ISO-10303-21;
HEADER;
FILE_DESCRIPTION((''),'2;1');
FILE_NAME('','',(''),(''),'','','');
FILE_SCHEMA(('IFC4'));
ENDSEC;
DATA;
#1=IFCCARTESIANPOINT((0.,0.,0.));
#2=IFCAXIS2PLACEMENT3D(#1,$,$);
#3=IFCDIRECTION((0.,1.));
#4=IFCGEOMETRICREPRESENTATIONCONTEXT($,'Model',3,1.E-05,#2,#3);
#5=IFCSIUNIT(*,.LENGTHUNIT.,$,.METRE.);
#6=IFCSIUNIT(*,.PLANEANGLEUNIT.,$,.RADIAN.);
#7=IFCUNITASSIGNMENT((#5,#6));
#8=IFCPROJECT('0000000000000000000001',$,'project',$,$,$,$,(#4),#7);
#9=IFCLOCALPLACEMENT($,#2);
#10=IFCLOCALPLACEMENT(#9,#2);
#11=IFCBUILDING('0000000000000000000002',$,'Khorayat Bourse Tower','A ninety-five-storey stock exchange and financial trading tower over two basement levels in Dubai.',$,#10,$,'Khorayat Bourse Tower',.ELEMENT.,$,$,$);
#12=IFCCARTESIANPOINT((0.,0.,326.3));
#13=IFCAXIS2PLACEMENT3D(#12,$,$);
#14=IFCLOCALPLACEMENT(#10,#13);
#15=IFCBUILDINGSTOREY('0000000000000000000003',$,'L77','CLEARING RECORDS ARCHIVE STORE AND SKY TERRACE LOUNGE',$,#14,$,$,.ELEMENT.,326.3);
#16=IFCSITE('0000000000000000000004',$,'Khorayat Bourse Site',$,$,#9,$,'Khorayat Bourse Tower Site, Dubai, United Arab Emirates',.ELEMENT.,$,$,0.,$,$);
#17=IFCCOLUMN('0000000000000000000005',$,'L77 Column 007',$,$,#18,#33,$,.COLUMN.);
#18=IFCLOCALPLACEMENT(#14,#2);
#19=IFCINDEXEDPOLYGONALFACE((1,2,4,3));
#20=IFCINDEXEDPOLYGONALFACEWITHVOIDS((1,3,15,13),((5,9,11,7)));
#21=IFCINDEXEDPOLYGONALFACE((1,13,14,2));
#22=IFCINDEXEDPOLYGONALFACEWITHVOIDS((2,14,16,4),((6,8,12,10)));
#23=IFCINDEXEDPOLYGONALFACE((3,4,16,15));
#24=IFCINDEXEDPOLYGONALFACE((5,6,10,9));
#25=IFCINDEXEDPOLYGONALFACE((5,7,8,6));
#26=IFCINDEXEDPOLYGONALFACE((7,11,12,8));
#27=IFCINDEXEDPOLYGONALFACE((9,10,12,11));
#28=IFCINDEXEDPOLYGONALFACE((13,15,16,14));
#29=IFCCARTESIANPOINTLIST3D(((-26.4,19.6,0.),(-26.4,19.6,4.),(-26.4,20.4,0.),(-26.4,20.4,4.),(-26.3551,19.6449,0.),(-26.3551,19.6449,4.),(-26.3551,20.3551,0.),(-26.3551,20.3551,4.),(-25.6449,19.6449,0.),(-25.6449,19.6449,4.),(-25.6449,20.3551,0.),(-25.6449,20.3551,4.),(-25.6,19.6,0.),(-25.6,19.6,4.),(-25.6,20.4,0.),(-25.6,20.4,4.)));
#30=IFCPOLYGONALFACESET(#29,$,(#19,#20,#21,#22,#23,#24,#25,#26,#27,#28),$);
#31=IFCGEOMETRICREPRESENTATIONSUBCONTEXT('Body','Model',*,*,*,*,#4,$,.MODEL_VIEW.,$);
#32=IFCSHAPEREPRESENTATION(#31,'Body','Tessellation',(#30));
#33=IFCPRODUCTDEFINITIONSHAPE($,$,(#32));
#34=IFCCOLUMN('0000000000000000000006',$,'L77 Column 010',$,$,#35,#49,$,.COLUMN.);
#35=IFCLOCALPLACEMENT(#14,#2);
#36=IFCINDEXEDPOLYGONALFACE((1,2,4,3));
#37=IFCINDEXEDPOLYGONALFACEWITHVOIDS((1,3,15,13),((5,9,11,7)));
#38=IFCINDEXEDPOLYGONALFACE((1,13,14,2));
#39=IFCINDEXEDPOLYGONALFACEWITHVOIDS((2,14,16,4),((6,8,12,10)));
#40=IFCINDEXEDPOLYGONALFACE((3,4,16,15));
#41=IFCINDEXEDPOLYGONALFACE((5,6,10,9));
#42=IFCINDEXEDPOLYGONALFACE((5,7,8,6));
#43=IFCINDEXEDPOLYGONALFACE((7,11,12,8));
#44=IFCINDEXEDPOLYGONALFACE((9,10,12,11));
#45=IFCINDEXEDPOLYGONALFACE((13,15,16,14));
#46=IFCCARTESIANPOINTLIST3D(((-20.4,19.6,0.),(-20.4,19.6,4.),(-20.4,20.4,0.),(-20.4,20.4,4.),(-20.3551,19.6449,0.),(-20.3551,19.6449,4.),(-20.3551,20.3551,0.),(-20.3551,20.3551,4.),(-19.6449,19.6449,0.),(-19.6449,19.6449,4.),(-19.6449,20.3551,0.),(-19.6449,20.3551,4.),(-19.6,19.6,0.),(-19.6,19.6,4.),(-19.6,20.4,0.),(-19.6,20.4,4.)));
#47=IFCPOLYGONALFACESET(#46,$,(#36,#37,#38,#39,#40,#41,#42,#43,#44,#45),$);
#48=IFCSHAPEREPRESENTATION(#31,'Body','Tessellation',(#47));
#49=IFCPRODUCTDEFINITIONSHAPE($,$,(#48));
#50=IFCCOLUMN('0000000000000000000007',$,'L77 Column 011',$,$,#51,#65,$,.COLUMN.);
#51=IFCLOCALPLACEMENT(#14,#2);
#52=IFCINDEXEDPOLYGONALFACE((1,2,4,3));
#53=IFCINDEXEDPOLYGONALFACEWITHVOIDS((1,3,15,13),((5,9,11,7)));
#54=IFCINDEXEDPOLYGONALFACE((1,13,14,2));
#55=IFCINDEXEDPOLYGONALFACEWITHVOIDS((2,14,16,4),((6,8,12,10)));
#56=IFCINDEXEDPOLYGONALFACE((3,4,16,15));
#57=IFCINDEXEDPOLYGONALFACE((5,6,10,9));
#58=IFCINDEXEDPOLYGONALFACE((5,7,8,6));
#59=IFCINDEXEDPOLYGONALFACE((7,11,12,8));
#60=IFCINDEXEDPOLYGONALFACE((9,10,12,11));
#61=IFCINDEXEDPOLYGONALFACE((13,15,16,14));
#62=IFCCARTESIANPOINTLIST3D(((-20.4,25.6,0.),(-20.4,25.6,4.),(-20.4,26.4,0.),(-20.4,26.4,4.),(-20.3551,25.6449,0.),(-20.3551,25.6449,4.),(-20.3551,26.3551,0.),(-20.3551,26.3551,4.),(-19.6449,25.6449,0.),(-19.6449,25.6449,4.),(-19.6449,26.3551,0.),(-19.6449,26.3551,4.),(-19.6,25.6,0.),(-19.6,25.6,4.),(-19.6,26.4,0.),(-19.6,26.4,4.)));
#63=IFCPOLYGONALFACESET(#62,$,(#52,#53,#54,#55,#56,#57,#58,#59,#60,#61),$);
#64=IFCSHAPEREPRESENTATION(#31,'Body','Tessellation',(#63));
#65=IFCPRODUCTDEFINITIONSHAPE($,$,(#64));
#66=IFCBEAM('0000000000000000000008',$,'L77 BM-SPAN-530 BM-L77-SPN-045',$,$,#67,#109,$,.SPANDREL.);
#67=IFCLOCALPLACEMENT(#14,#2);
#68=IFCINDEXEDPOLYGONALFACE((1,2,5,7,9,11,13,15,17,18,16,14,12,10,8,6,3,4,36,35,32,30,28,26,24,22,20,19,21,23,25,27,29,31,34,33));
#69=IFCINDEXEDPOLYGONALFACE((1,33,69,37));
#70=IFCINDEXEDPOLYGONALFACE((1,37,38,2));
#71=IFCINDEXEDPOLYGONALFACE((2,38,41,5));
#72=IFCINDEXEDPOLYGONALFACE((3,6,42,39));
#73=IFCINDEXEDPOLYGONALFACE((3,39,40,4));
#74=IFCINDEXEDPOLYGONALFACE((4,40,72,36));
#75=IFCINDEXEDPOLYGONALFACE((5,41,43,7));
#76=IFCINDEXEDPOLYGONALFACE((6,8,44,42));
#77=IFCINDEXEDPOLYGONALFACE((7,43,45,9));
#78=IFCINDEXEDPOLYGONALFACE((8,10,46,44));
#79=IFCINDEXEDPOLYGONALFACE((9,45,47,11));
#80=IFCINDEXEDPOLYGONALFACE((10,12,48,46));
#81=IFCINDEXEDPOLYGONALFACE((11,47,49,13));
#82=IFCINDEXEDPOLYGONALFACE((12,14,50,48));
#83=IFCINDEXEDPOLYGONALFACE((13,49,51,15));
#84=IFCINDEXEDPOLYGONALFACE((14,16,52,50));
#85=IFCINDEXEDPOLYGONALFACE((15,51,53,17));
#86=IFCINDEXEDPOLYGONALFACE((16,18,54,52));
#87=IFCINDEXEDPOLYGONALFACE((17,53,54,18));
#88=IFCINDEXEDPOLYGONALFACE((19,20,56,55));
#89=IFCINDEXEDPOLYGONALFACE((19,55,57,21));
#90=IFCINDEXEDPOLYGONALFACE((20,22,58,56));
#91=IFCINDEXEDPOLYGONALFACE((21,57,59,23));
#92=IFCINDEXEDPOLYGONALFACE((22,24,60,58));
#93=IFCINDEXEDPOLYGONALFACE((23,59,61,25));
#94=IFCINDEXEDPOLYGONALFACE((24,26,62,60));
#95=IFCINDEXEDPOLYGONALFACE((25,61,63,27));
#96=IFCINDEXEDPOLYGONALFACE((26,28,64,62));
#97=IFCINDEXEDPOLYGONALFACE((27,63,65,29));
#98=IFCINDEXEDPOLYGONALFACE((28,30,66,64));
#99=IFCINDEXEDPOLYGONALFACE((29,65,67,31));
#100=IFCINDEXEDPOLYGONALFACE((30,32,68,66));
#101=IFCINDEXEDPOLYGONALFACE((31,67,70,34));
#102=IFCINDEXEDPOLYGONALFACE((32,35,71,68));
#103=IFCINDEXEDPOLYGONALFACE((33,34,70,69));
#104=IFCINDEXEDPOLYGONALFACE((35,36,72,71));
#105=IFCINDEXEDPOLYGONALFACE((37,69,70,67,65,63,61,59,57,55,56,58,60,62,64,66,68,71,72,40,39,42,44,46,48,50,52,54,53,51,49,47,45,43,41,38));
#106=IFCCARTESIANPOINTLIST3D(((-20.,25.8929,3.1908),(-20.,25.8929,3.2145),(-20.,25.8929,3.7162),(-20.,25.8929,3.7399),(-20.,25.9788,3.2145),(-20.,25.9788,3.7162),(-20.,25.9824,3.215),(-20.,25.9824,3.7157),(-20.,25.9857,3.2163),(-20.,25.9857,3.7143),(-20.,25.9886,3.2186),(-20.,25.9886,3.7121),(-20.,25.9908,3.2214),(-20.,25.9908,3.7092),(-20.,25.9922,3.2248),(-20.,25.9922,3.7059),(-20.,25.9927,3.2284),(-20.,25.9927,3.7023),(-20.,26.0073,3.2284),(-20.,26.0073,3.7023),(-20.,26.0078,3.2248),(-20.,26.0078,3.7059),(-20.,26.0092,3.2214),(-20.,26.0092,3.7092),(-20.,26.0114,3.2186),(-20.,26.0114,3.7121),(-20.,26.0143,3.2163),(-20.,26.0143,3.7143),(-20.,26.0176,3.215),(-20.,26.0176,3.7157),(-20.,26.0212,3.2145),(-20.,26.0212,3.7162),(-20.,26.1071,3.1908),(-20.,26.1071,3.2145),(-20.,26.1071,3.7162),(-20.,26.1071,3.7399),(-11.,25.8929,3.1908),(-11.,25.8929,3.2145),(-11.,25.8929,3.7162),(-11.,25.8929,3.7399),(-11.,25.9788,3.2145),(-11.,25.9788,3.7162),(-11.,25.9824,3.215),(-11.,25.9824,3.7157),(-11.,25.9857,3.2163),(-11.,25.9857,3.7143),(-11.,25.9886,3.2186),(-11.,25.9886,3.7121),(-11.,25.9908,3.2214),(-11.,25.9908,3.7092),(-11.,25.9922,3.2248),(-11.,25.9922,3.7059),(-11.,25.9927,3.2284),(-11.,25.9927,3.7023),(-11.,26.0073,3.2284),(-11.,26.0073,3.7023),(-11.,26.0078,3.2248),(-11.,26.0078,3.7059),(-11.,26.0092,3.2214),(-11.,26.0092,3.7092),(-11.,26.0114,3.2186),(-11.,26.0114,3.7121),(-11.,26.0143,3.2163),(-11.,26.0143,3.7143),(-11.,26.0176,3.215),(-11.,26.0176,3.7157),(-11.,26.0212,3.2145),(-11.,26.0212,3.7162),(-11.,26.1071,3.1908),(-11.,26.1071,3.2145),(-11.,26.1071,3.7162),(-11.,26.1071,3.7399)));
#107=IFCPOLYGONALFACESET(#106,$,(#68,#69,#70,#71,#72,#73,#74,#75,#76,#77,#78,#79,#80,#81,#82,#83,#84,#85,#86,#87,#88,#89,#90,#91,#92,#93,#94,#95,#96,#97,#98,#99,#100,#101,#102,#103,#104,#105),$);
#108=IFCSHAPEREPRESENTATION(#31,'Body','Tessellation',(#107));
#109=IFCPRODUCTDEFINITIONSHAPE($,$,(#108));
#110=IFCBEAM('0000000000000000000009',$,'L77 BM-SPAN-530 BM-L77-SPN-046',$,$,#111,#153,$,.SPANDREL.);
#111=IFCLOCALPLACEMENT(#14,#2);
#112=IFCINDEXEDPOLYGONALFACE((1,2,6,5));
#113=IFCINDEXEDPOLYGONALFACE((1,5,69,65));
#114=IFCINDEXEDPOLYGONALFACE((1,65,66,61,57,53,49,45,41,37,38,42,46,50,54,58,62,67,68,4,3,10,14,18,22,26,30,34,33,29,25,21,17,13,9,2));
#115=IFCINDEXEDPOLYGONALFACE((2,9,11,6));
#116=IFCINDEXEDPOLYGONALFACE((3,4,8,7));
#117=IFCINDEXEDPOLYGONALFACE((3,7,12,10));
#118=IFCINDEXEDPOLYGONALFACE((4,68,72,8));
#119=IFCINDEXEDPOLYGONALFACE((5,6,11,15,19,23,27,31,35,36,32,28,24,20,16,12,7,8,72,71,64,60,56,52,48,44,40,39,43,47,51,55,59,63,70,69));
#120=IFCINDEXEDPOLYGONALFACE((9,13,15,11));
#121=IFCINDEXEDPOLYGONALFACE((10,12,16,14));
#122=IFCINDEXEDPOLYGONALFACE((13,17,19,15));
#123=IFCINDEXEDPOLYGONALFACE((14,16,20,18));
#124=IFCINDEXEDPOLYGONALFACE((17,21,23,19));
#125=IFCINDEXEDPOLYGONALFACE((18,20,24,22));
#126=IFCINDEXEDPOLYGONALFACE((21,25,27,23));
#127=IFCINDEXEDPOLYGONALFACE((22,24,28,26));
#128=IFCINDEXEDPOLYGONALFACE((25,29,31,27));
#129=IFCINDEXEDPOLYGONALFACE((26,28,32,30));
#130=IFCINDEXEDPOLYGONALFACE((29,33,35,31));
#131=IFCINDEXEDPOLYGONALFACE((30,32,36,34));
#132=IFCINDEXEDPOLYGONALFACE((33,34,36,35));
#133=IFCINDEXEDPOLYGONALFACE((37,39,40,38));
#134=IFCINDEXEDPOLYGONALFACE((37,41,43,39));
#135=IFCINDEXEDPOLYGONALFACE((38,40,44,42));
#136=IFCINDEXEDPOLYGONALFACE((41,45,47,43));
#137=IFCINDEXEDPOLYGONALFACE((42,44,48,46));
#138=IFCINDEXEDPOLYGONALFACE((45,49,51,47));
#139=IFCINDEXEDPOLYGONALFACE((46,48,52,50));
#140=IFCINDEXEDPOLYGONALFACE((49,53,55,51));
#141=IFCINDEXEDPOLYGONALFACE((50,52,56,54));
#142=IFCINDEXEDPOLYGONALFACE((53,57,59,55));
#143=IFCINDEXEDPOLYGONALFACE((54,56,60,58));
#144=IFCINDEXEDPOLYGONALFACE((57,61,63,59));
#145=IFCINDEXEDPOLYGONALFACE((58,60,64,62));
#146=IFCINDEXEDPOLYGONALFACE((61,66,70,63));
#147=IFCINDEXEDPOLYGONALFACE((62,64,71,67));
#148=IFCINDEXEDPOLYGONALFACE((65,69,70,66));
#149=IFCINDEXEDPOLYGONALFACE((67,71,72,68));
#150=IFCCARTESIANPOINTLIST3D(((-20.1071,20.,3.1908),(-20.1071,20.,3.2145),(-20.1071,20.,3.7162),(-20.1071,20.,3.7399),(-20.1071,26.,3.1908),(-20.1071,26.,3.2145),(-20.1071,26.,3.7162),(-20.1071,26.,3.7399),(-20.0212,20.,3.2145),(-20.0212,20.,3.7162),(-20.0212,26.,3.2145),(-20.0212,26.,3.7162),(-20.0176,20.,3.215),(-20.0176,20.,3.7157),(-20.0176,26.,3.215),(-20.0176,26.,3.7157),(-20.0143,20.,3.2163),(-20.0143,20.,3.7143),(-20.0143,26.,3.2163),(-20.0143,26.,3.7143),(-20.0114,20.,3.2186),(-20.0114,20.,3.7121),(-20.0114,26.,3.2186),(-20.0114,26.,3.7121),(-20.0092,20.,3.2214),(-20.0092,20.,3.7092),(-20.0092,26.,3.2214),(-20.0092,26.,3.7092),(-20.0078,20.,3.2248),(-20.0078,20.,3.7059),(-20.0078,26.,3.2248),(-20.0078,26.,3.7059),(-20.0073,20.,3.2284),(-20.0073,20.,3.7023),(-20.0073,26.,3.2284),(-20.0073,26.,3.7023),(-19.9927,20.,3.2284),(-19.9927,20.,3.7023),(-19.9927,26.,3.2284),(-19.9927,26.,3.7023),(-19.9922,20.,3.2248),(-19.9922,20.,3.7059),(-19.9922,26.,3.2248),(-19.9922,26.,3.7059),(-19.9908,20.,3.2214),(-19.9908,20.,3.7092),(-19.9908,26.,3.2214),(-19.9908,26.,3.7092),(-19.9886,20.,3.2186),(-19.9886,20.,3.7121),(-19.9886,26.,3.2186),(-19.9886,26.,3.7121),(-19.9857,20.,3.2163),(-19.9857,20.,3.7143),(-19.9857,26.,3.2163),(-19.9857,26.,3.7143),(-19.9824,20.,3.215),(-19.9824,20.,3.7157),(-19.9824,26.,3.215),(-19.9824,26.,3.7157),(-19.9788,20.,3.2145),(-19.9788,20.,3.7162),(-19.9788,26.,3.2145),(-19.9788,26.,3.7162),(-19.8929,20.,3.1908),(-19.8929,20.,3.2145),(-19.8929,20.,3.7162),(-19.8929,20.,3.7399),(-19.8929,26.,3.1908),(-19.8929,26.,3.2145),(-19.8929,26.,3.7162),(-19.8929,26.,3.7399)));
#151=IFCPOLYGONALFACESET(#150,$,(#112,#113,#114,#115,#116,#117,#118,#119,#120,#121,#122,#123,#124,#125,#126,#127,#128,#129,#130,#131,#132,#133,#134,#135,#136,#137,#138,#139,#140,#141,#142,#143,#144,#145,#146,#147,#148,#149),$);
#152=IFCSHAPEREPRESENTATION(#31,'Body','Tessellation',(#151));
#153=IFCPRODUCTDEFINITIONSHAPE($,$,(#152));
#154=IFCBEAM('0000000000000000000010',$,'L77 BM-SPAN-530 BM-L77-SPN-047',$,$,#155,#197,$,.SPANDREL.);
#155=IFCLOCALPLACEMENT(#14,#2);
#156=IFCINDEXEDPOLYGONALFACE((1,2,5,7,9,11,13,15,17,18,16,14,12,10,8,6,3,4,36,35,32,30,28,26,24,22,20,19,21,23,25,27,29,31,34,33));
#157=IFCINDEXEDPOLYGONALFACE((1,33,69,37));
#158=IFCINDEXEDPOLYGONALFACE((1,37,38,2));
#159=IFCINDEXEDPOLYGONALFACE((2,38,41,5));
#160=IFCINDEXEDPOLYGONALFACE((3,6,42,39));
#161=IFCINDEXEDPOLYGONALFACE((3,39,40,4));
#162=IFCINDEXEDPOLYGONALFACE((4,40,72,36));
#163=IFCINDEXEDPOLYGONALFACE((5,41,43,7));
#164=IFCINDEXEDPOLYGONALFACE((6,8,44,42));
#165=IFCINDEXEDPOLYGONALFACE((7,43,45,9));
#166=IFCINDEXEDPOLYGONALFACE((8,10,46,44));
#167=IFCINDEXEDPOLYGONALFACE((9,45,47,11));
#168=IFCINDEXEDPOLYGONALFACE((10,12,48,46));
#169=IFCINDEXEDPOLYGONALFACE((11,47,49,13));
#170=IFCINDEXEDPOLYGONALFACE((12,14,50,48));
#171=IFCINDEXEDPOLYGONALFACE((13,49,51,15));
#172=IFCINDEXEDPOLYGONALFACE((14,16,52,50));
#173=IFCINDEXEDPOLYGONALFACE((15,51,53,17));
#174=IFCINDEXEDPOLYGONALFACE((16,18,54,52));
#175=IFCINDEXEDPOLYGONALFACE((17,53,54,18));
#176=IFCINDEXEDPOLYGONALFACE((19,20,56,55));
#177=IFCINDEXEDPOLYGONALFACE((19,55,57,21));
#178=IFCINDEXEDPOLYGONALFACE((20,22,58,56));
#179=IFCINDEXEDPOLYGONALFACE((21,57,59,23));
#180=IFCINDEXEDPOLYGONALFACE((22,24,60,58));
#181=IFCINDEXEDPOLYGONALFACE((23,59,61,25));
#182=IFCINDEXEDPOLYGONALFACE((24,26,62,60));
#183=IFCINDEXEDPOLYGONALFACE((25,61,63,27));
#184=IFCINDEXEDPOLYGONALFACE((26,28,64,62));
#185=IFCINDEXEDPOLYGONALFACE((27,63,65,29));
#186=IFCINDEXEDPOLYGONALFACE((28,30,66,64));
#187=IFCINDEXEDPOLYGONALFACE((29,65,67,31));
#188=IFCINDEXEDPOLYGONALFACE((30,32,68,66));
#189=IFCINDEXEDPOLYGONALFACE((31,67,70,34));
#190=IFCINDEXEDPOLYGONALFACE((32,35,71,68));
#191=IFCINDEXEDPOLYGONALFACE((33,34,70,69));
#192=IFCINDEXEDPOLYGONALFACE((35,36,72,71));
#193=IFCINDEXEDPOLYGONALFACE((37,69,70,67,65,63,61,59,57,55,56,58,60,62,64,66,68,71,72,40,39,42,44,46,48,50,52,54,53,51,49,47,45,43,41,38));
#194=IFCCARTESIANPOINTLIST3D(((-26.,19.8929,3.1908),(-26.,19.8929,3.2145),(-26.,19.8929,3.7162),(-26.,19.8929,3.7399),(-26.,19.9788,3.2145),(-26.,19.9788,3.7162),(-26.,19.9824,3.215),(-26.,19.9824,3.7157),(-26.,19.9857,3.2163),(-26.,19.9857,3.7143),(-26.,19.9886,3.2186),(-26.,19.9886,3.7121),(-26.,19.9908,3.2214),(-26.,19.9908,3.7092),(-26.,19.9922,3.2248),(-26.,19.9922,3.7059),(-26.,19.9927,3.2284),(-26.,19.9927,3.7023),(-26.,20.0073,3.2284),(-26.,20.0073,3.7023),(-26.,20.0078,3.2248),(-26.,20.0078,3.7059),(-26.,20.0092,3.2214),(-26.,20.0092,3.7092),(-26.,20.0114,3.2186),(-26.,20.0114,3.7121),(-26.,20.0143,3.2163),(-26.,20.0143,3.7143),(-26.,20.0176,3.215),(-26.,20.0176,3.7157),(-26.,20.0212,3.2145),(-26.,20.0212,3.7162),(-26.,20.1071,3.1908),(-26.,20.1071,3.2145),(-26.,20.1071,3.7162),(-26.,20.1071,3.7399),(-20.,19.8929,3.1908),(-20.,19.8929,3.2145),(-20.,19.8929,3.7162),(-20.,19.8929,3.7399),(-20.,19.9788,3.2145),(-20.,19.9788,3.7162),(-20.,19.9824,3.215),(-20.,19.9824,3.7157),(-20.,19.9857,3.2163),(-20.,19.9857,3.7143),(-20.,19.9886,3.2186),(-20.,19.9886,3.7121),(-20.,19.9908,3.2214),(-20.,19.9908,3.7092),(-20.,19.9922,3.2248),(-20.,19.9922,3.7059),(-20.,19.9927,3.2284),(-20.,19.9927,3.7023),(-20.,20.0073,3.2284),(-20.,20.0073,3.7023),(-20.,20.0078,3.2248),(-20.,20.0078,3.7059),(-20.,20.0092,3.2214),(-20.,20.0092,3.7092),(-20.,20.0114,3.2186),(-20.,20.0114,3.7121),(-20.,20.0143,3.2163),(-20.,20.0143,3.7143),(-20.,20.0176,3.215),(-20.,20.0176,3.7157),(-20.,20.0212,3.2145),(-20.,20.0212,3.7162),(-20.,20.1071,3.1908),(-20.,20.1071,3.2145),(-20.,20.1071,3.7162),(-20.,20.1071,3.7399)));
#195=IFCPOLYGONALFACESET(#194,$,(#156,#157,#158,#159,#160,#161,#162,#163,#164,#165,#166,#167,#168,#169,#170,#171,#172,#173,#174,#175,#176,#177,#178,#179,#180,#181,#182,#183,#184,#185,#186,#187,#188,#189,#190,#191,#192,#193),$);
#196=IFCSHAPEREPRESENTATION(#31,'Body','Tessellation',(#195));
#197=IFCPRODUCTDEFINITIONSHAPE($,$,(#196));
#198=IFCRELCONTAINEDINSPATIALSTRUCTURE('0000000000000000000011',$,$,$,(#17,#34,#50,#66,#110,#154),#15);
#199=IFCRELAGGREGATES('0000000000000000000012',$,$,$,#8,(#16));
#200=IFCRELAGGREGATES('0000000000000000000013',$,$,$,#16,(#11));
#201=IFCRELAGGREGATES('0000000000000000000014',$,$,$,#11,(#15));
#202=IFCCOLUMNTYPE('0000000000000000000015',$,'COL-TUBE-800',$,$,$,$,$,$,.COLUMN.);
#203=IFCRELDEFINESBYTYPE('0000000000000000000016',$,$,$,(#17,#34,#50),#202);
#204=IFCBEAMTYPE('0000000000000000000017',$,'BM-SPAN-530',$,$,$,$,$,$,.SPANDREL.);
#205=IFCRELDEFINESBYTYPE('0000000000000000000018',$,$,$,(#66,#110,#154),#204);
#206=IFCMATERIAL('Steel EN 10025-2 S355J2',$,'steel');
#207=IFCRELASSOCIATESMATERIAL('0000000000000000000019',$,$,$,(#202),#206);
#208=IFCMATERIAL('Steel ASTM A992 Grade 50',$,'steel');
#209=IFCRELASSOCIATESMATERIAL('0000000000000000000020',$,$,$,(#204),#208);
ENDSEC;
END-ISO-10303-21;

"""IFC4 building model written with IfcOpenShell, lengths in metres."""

from ifc_helpers import new_model, si_unit, direction, frame, origin, origin_2d, place, context, subcontext, project, spatial, hollow_rectangle, i_section, extrude, source, transform, mapped, material, material_profile, profile_set, type_object, element, save


model = new_model("IFC4")

# Units and contexts
model_context = context("Model", 3, precision=1e-05, world=origin(), true_north=direction((0.0, 1.0)))
body_context = subcontext(model_context, "Body", "Model", "MODEL_VIEW")
ifc_project = project(units=[si_unit("LENGTHUNIT", "METRE"), si_unit("PLANEANGLEUNIT", "RADIAN")], contexts=[model_context])

# Site, building, storey
site_placement = place(None, origin())
site = spatial("IfcSite", under=ifc_project, at=site_placement, Name="Khorayat Bourse Site", LongName="Khorayat Bourse Tower Site, Dubai, United Arab Emirates", CompositionType="ELEMENT", RefElevation=0.0)
building_placement = place(site_placement, origin())
building = spatial("IfcBuilding", under=site, at=building_placement, Name="Khorayat Bourse Tower", Description="A ninety-five-storey stock exchange and financial trading tower over two basement levels in Dubai.", LongName="Khorayat Bourse Tower", CompositionType="ELEMENT")
storey_placement = place(building_placement, frame((0.0, 0.0, 326.3)))
storey = spatial("IfcBuildingStorey", under=building, at=storey_placement, Name="L77", Description="CLEARING RECORDS ARCHIVE STORE AND SKY TERRACE LOUNGE", CompositionType="ELEMENT", Elevation=326.3)

# Columns
ifc_material_1 = material(Name="Steel EN 10025-2 S355J2", Category="steel")
ifc_material_profile_1 = material_profile(ifc_material_1, hollow_rectangle(XDim=0.8, YDim=0.8, WallThickness=0.0449, at=origin_2d()), Name="BOX 800x800x45")
ifc_profile_set_1 = profile_set([ifc_material_profile_1], Name="Steel EN 10025-2 S355J2")
column_type = type_object("IfcColumnType", Name="COL-TUBE-800", PredefinedType="COLUMN", material=ifc_profile_set_1)
shared_shape_1 = source(origin(), body_context, "Body", "SweptSolid", [
    extrude(hollow_rectangle(XDim=0.8, YDim=0.8, WallThickness=0.0449, at=origin_2d()), origin(), (0.0, 0.0, 1.0), 4.0),
])
for number, where, z_axis, x_axis, name in (
    (1, (-26.0, 20.0, 0.0), (0.0, 0.0, 1.0), (1.0, 0.0, 0.0), "L77 Column 007"),
    (2, (-20.0, 20.0, 0.0), (0.0, 0.0, 1.0), (1.0, 0.0, 0.0), "L77 Column 010"),
    (3, (-20.0, 26.0, 0.0), (0.0, 0.0, 1.0), (1.0, 0.0, 0.0), "L77 Column 011"),
):
    element("IfcColumn", number, at=place(storey_placement, frame(where, z_axis=z_axis, x_axis=x_axis)), inside=storey, type_object=column_type, Name=name, PredefinedType="COLUMN", context=body_context, shape_type="MappedRepresentation", body=[
        mapped(shared_shape_1, transform((0.0, 0.0, 0.0), scale=1.0)),
    ])

# Beams
ifc_material_2 = material(Name="Steel ASTM A992 Grade 50", Category="steel")
ifc_material_profile_2 = material_profile(ifc_material_2, i_section(OverallWidth=0.2141, OverallDepth=0.5491, WebThickness=0.0146, FlangeThickness=0.0237, FilletRadius=0.0139, at=origin_2d()), Name="W530X138")
ifc_profile_set_2 = profile_set([ifc_material_profile_2], Name="Steel ASTM A992 Grade 50")
beam_type_1 = type_object("IfcBeamType", Name="BM-SPAN-530", PredefinedType="SPANDREL", material=ifc_profile_set_2)
shared_shape_2 = source(origin(), body_context, "Body", "SweptSolid", [
    extrude(i_section(OverallWidth=0.2141, OverallDepth=0.5491, WebThickness=0.0146, FlangeThickness=0.0237, FilletRadius=0.0139, at=origin_2d()), origin(), (0.0, 0.0, 1.0), 9.0),
])
beam_1_placement = place(storey_placement, frame((-20.0, 26.0, 3.4653), z_axis=(1.0, 0.0, 0.0), x_axis=(0.0, 1.0, 0.0)))
element("IfcBeam", 4, at=beam_1_placement, inside=storey, type_object=beam_type_1, Name="L77 BM-SPAN-530 BM-L77-SPN-045", PredefinedType="SPANDREL", context=body_context, shape_type="MappedRepresentation", body=[
    mapped(shared_shape_2, transform((0.0, 0.0, 0.0), scale=1.0)),
])
shared_shape_3 = source(origin(), body_context, "Body", "SweptSolid", [
    extrude(i_section(OverallWidth=0.2141, OverallDepth=0.5491, WebThickness=0.0146, FlangeThickness=0.0237, FilletRadius=0.0139, at=origin_2d()), origin(), (0.0, 0.0, 1.0), 6.0),
])
for number, where, z_axis, x_axis, name in (
    (5, (-20.0, 20.0, 3.4653), (0.0, 1.0, 0.0), (-1.0, 0.0, 0.0), "L77 BM-SPAN-530 BM-L77-SPN-046"),
    (6, (-26.0, 20.0, 3.4653), (1.0, 0.0, 0.0), (0.0, 1.0, 0.0), "L77 BM-SPAN-530 BM-L77-SPN-047"),
):
    element("IfcBeam", number, at=place(storey_placement, frame(where, z_axis=z_axis, x_axis=x_axis)), inside=storey, type_object=beam_type_1, Name=name, PredefinedType="SPANDREL", context=body_context, shape_type="MappedRepresentation", body=[
        mapped(shared_shape_3, transform((0.0, 0.0, 0.0), scale=1.0)),
    ])

save(model, "model.ifc")
